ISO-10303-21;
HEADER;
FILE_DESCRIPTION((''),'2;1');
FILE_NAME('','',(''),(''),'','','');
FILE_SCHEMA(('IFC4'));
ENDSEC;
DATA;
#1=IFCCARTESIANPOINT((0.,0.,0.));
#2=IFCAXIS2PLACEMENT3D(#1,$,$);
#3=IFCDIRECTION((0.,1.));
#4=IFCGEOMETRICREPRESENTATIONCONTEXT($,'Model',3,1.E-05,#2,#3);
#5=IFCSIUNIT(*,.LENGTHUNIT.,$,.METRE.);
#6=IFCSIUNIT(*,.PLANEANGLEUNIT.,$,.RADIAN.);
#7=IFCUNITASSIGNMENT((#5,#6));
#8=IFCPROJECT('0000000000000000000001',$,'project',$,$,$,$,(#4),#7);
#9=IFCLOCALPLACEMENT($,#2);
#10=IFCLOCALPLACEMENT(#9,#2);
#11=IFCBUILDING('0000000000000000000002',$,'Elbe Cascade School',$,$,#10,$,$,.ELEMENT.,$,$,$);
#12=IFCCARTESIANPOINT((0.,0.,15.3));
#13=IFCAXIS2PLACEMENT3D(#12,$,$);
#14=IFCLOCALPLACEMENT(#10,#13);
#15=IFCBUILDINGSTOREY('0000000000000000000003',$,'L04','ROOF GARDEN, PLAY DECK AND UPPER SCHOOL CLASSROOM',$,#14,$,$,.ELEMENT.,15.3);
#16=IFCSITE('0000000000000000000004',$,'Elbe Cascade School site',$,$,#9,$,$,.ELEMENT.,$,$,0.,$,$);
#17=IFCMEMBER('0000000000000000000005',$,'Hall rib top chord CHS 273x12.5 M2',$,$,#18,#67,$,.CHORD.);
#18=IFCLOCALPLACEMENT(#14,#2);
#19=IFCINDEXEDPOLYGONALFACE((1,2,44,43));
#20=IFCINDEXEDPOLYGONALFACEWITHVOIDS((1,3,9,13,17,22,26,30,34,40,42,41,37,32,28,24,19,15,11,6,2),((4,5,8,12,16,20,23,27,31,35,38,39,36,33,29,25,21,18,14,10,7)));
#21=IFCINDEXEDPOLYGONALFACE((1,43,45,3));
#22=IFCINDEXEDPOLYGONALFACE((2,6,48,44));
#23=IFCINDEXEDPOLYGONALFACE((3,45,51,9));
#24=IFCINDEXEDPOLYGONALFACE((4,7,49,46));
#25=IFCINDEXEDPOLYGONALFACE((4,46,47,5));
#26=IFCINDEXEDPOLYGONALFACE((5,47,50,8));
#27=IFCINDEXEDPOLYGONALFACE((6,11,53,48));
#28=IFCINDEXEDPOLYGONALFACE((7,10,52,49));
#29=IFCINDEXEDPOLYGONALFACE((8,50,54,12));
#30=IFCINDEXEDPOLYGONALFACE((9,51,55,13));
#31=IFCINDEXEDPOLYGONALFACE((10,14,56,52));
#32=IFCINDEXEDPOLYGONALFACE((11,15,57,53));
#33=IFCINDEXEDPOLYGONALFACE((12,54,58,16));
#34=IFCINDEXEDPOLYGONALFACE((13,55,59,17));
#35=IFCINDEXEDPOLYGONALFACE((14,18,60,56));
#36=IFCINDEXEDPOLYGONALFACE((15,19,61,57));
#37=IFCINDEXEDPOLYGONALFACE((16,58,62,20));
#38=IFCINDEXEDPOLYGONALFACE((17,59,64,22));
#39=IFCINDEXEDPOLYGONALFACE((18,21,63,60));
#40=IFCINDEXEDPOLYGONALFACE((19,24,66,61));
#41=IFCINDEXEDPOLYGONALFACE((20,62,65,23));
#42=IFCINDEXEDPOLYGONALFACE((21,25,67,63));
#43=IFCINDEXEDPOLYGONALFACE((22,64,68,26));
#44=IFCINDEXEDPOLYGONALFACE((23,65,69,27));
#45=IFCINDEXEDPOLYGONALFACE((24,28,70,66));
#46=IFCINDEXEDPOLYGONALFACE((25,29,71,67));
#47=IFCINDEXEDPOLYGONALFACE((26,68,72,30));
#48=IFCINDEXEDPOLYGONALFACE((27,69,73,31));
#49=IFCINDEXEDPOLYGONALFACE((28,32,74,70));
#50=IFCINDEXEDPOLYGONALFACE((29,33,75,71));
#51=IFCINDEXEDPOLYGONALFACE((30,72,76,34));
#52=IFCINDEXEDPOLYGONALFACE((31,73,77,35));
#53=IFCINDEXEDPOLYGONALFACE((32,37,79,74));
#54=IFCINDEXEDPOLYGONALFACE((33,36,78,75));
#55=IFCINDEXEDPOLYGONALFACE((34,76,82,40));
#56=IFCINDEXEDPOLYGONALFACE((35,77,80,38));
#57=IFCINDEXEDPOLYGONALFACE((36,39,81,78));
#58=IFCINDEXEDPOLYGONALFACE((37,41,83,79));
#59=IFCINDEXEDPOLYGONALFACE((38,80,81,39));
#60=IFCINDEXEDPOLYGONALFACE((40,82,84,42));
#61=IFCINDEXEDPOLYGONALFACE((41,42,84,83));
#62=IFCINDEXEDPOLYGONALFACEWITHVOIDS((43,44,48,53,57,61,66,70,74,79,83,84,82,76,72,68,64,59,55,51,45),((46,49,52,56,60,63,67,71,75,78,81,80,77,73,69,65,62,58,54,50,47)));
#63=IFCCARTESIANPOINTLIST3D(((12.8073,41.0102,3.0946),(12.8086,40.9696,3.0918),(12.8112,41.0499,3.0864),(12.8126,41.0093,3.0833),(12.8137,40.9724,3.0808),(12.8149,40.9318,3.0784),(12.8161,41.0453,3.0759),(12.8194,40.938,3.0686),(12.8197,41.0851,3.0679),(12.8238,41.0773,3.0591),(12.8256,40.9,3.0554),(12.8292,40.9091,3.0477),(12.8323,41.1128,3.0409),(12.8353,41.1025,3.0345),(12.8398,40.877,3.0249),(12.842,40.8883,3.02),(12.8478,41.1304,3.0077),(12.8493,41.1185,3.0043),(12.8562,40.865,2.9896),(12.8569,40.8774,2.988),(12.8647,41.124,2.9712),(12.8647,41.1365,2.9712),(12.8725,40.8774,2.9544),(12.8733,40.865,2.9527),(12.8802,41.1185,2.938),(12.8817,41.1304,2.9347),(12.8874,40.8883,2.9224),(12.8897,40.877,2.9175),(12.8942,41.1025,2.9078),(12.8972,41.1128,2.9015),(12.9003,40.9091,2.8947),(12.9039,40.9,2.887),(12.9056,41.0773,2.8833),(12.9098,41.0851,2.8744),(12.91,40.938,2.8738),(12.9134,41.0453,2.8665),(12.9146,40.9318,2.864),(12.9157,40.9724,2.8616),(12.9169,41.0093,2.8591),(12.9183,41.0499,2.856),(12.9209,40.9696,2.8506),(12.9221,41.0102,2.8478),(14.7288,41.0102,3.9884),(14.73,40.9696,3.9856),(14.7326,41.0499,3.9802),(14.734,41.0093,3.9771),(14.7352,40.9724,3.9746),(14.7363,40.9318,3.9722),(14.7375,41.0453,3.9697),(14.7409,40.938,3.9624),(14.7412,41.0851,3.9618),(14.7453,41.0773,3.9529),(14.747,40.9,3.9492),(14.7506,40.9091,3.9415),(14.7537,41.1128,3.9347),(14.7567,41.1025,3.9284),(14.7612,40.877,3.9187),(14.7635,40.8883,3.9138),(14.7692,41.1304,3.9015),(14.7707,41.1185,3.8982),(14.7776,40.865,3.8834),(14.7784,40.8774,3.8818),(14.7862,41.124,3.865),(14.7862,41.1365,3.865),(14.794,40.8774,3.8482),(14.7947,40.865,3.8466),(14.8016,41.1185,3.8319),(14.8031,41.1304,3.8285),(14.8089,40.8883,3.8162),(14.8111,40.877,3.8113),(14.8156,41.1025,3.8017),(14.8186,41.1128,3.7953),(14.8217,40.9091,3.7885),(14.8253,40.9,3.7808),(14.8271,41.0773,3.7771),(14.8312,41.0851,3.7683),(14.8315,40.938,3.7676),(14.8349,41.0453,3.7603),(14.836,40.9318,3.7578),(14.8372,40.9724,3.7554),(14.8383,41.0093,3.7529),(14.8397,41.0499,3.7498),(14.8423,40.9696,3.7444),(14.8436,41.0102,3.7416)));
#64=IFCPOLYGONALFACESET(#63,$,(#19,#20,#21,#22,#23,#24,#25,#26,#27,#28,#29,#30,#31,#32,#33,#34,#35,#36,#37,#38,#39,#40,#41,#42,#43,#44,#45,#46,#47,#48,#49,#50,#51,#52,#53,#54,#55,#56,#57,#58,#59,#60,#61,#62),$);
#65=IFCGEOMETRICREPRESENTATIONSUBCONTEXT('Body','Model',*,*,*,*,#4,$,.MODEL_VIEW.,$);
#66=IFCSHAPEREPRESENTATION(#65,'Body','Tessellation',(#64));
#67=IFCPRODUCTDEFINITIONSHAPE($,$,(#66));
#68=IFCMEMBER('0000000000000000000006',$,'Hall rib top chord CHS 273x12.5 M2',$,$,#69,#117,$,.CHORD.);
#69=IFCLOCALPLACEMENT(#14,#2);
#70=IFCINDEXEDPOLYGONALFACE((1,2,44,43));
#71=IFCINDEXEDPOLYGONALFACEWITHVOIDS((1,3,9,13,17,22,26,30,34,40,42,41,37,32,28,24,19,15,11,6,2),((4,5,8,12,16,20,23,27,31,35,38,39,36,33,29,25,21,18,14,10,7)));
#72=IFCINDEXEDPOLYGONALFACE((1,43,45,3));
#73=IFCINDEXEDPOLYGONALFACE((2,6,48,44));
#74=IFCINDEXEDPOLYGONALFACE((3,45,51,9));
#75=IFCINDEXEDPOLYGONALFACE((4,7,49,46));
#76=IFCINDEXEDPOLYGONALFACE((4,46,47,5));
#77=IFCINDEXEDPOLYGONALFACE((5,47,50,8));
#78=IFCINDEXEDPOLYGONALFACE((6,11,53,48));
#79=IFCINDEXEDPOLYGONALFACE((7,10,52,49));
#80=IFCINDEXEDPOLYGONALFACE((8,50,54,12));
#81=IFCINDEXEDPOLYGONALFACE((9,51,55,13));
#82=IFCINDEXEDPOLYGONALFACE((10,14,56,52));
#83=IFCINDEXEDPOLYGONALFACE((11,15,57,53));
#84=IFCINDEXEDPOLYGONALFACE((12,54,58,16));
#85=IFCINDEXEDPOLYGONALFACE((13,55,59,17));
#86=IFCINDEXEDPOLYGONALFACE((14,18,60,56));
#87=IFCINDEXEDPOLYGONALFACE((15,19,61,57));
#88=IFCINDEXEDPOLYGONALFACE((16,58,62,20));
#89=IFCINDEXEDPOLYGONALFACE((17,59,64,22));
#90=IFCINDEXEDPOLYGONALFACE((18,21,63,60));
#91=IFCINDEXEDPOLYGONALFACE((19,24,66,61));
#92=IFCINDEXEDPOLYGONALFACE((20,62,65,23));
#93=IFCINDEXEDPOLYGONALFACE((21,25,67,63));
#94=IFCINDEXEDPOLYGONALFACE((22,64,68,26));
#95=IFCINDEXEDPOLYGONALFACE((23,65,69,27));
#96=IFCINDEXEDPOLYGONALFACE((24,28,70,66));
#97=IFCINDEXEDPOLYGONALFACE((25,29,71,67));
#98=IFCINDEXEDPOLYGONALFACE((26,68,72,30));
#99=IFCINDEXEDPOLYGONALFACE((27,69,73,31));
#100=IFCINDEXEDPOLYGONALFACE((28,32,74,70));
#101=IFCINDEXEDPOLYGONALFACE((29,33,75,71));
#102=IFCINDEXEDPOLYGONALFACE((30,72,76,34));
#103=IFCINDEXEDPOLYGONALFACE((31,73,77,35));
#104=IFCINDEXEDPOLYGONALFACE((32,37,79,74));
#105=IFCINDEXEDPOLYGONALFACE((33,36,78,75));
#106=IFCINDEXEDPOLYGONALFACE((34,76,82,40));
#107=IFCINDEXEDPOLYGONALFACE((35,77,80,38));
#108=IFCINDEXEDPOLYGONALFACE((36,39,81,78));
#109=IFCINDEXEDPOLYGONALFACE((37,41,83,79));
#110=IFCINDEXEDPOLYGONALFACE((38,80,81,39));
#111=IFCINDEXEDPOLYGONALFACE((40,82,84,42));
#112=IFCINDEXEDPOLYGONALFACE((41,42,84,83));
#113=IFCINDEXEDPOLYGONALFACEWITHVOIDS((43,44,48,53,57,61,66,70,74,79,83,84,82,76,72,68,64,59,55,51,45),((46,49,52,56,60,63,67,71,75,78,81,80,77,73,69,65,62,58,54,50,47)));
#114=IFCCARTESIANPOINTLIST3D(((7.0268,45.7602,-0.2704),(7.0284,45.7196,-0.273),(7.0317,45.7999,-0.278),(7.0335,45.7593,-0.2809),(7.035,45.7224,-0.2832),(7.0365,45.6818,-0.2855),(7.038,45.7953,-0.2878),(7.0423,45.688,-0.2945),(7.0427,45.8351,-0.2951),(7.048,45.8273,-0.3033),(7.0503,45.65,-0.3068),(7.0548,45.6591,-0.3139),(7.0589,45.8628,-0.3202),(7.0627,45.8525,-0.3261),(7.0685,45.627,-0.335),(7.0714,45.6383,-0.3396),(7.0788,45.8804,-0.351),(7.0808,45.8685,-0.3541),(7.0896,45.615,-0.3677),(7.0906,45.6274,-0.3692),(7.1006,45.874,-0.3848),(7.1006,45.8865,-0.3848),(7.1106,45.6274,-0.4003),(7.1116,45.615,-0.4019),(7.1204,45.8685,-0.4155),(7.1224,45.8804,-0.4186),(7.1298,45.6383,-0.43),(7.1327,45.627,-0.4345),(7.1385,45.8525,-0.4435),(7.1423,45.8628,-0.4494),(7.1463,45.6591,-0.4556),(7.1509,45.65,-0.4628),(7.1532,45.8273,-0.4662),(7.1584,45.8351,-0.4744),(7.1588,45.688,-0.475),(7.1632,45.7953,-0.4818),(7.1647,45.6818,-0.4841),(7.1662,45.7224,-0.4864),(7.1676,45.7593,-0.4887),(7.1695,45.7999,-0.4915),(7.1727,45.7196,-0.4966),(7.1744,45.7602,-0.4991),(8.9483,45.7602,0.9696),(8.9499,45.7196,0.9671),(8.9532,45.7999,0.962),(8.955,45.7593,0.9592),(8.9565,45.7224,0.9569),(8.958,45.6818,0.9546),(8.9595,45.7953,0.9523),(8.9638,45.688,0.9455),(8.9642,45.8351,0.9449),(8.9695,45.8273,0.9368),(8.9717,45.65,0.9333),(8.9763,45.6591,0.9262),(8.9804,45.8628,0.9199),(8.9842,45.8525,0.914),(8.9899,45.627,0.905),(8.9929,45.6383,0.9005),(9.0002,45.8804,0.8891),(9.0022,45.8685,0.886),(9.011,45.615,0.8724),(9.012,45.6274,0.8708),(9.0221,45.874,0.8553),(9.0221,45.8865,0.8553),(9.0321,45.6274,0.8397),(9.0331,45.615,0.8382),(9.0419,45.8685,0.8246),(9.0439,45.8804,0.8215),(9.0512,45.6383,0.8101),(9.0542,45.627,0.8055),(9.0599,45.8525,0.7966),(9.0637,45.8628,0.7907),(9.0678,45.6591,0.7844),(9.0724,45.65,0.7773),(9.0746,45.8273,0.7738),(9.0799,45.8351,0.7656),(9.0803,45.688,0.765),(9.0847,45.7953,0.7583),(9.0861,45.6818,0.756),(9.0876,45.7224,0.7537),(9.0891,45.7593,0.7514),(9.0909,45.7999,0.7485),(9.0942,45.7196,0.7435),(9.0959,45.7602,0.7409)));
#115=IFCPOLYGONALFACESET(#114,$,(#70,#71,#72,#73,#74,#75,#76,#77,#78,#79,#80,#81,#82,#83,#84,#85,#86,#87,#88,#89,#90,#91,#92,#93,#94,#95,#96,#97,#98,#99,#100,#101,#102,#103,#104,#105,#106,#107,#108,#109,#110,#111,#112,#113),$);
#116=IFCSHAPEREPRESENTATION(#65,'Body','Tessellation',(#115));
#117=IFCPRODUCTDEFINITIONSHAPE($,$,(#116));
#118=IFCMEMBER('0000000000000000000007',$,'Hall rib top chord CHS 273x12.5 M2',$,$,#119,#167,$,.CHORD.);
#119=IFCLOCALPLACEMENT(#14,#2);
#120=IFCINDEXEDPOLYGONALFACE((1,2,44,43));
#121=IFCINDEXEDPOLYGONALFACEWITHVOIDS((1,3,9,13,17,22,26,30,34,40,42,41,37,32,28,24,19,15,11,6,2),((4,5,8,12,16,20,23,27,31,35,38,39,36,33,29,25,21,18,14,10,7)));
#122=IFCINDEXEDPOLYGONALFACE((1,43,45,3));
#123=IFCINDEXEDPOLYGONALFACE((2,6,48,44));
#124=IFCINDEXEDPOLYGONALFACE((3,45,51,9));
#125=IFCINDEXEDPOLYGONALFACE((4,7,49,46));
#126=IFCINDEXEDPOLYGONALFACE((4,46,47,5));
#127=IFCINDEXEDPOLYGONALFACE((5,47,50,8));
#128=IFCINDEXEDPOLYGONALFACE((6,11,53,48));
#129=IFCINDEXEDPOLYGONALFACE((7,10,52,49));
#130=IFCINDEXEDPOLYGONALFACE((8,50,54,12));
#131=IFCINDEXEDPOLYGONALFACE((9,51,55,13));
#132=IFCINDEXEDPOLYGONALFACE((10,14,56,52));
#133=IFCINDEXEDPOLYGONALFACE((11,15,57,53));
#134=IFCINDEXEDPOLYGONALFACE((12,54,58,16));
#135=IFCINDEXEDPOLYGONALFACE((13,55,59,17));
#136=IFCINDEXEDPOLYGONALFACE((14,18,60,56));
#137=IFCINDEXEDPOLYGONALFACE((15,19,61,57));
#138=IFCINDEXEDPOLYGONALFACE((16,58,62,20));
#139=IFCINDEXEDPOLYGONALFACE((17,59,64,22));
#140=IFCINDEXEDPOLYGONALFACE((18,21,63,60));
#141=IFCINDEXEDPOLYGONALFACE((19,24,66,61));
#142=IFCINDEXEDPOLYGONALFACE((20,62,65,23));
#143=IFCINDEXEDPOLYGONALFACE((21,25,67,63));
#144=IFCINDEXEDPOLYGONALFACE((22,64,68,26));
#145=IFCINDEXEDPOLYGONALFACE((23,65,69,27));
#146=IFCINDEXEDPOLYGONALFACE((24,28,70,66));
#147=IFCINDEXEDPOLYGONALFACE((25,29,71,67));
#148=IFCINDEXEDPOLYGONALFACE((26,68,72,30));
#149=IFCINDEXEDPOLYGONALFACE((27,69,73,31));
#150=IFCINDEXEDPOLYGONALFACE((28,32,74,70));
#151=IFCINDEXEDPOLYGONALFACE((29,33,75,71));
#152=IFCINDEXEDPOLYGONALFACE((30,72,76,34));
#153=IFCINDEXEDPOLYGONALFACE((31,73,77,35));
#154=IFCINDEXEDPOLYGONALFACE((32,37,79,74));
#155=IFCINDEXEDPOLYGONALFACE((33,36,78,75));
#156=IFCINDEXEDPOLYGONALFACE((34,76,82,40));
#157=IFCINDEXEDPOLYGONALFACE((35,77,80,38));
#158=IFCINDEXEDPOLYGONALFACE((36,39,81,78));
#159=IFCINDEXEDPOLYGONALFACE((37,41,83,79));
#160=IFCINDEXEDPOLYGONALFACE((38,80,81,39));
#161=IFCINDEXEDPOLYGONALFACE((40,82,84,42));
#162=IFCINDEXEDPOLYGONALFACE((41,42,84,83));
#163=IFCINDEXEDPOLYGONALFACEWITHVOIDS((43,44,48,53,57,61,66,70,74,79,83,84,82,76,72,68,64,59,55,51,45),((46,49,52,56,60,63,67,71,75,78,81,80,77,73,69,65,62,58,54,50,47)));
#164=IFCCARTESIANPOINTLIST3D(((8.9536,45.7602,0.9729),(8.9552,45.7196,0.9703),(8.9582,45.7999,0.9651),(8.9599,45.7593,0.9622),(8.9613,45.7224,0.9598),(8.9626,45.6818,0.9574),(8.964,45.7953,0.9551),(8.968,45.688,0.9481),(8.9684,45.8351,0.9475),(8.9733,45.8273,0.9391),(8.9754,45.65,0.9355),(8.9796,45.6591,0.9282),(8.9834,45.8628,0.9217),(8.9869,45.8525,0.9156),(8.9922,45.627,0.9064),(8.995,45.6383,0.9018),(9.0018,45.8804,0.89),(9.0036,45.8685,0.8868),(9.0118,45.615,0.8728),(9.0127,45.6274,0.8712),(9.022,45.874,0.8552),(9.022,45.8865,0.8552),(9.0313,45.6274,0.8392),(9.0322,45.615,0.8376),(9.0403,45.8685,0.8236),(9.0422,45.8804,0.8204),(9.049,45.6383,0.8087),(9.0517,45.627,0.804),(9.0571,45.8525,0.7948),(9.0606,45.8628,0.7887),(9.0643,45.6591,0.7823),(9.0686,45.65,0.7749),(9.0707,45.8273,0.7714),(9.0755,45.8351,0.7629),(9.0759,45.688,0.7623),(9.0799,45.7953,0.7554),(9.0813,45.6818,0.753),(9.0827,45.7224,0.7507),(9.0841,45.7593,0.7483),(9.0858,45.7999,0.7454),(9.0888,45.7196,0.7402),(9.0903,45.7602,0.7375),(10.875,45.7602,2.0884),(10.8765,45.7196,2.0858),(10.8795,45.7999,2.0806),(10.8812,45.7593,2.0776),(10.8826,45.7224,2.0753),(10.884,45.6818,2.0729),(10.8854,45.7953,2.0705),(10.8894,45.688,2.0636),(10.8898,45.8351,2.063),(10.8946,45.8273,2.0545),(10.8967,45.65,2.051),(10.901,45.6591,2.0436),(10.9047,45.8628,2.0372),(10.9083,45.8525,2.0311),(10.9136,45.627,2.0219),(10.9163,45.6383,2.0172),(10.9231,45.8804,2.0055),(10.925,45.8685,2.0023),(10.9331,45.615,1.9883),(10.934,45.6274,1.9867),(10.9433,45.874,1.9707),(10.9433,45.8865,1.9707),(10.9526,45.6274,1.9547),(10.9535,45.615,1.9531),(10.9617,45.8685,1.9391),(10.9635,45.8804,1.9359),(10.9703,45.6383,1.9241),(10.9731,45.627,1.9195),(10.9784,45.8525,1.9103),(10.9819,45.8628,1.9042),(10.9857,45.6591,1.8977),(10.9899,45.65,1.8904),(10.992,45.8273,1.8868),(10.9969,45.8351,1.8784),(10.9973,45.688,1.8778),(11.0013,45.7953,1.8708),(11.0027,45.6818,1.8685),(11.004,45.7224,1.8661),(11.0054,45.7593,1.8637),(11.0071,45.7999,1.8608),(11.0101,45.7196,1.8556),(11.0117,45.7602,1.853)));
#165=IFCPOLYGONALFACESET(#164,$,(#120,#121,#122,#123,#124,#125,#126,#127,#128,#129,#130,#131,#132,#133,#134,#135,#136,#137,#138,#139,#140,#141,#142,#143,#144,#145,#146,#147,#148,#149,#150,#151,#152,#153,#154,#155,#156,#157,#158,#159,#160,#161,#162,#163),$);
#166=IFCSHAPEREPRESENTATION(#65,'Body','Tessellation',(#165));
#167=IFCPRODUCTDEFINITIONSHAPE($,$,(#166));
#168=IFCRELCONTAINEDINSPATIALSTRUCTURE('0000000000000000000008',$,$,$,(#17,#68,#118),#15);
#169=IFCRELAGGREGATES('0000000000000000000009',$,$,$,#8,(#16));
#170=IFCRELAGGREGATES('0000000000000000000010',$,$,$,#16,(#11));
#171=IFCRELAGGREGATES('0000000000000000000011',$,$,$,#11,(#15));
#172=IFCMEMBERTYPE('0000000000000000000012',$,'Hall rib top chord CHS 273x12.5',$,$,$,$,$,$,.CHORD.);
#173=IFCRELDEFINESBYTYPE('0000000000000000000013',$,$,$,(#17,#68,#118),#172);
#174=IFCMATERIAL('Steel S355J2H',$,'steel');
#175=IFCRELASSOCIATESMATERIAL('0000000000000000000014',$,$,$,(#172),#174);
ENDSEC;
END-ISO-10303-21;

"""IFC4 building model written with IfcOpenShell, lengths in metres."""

from ifc_helpers import new_model, si_unit, direction, frame, origin, origin_2d, place, context, subcontext, project, spatial, hollow_circle, extrude, material, material_profile, profile_set, type_object, element, save


model = new_model("IFC4")

# Units and contexts
model_context = context("Model", 3, precision=1e-05, world=origin(), true_north=direction((0.0, 1.0)))
body_context = subcontext(model_context, "Body", "Model", "MODEL_VIEW")
ifc_project = project(units=[si_unit("LENGTHUNIT", "METRE"), si_unit("PLANEANGLEUNIT", "RADIAN")], contexts=[model_context])

# Site, building, storey
site_placement = place(None, origin())
site = spatial("IfcSite", under=ifc_project, at=site_placement, Name="Elbe Cascade School site", CompositionType="ELEMENT", RefElevation=0.0)
building_placement = place(site_placement, origin())
building = spatial("IfcBuilding", under=site, at=building_placement, Name="Elbe Cascade School", CompositionType="ELEMENT")
storey_placement = place(building_placement, frame((0.0, 0.0, 15.3)))
storey = spatial("IfcBuildingStorey", under=building, at=storey_placement, Name="L04", Description="ROOF GARDEN, PLAY DECK AND UPPER SCHOOL CLASSROOM", CompositionType="ELEMENT", Elevation=15.3)

# Members
ifc_material_1 = material(Name="Steel S355J2H", Category="steel")
ifc_material_profile_1 = material_profile(ifc_material_1, hollow_circle(Radius=0.1365, WallThickness=0.0125, at=origin_2d()), Name="CHS 273x12.5")
ifc_profile_set_1 = profile_set([ifc_material_profile_1], Name="Steel S355J2H")
member_type_1 = type_object("IfcMemberType", Name="Hall rib top chord CHS 273x12.5", PredefinedType="CHORD", material=ifc_profile_set_1)
member_1_placement = place(storey_placement, frame((12.8647, 41.0, 2.9712), z_axis=(0.906698, 0.0, 0.421781), x_axis=(0.0, 1.0, 0.0)))
element("IfcMember", 1, at=member_1_placement, inside=storey, type_object=member_type_1, Name="Hall rib top chord CHS 273x12.5 M2", PredefinedType="CHORD", context=body_context, shape_type="SweptSolid", body=[
    extrude(hollow_circle(Radius=0.1365, WallThickness=0.0125, at=origin_2d()), origin(), (0.0, 0.0, 1.0), 2.1191),
])
member_2_placement = place(storey_placement, frame((7.1006, 45.75, -0.3848), z_axis=(0.84022, 0.0, 0.542246), x_axis=(0.0, 1.0, 0.0)))
element("IfcMember", 2, at=member_2_placement, inside=storey, type_object=member_type_1, Name="Hall rib top chord CHS 273x12.5 M2", PredefinedType="CHORD", context=body_context, shape_type="SweptSolid", body=[
    extrude(hollow_circle(Radius=0.1365, WallThickness=0.0125, at=origin_2d()), origin(), (0.0, 0.0, 1.0), 2.2869),
])
member_3_placement = place(storey_placement, frame((9.022, 45.75, 0.8552), z_axis=(0.864821, 0.0, 0.50208), x_axis=(0.0, 1.0, 0.0)))
element("IfcMember", 3, at=member_3_placement, inside=storey, type_object=member_type_1, Name="Hall rib top chord CHS 273x12.5 M2", PredefinedType="CHORD", context=body_context, shape_type="SweptSolid", body=[
    extrude(hollow_circle(Radius=0.1365, WallThickness=0.0125, at=origin_2d()), origin(), (0.0, 0.0, 1.0), 2.2217),
])

save(model, "model.ifc")
